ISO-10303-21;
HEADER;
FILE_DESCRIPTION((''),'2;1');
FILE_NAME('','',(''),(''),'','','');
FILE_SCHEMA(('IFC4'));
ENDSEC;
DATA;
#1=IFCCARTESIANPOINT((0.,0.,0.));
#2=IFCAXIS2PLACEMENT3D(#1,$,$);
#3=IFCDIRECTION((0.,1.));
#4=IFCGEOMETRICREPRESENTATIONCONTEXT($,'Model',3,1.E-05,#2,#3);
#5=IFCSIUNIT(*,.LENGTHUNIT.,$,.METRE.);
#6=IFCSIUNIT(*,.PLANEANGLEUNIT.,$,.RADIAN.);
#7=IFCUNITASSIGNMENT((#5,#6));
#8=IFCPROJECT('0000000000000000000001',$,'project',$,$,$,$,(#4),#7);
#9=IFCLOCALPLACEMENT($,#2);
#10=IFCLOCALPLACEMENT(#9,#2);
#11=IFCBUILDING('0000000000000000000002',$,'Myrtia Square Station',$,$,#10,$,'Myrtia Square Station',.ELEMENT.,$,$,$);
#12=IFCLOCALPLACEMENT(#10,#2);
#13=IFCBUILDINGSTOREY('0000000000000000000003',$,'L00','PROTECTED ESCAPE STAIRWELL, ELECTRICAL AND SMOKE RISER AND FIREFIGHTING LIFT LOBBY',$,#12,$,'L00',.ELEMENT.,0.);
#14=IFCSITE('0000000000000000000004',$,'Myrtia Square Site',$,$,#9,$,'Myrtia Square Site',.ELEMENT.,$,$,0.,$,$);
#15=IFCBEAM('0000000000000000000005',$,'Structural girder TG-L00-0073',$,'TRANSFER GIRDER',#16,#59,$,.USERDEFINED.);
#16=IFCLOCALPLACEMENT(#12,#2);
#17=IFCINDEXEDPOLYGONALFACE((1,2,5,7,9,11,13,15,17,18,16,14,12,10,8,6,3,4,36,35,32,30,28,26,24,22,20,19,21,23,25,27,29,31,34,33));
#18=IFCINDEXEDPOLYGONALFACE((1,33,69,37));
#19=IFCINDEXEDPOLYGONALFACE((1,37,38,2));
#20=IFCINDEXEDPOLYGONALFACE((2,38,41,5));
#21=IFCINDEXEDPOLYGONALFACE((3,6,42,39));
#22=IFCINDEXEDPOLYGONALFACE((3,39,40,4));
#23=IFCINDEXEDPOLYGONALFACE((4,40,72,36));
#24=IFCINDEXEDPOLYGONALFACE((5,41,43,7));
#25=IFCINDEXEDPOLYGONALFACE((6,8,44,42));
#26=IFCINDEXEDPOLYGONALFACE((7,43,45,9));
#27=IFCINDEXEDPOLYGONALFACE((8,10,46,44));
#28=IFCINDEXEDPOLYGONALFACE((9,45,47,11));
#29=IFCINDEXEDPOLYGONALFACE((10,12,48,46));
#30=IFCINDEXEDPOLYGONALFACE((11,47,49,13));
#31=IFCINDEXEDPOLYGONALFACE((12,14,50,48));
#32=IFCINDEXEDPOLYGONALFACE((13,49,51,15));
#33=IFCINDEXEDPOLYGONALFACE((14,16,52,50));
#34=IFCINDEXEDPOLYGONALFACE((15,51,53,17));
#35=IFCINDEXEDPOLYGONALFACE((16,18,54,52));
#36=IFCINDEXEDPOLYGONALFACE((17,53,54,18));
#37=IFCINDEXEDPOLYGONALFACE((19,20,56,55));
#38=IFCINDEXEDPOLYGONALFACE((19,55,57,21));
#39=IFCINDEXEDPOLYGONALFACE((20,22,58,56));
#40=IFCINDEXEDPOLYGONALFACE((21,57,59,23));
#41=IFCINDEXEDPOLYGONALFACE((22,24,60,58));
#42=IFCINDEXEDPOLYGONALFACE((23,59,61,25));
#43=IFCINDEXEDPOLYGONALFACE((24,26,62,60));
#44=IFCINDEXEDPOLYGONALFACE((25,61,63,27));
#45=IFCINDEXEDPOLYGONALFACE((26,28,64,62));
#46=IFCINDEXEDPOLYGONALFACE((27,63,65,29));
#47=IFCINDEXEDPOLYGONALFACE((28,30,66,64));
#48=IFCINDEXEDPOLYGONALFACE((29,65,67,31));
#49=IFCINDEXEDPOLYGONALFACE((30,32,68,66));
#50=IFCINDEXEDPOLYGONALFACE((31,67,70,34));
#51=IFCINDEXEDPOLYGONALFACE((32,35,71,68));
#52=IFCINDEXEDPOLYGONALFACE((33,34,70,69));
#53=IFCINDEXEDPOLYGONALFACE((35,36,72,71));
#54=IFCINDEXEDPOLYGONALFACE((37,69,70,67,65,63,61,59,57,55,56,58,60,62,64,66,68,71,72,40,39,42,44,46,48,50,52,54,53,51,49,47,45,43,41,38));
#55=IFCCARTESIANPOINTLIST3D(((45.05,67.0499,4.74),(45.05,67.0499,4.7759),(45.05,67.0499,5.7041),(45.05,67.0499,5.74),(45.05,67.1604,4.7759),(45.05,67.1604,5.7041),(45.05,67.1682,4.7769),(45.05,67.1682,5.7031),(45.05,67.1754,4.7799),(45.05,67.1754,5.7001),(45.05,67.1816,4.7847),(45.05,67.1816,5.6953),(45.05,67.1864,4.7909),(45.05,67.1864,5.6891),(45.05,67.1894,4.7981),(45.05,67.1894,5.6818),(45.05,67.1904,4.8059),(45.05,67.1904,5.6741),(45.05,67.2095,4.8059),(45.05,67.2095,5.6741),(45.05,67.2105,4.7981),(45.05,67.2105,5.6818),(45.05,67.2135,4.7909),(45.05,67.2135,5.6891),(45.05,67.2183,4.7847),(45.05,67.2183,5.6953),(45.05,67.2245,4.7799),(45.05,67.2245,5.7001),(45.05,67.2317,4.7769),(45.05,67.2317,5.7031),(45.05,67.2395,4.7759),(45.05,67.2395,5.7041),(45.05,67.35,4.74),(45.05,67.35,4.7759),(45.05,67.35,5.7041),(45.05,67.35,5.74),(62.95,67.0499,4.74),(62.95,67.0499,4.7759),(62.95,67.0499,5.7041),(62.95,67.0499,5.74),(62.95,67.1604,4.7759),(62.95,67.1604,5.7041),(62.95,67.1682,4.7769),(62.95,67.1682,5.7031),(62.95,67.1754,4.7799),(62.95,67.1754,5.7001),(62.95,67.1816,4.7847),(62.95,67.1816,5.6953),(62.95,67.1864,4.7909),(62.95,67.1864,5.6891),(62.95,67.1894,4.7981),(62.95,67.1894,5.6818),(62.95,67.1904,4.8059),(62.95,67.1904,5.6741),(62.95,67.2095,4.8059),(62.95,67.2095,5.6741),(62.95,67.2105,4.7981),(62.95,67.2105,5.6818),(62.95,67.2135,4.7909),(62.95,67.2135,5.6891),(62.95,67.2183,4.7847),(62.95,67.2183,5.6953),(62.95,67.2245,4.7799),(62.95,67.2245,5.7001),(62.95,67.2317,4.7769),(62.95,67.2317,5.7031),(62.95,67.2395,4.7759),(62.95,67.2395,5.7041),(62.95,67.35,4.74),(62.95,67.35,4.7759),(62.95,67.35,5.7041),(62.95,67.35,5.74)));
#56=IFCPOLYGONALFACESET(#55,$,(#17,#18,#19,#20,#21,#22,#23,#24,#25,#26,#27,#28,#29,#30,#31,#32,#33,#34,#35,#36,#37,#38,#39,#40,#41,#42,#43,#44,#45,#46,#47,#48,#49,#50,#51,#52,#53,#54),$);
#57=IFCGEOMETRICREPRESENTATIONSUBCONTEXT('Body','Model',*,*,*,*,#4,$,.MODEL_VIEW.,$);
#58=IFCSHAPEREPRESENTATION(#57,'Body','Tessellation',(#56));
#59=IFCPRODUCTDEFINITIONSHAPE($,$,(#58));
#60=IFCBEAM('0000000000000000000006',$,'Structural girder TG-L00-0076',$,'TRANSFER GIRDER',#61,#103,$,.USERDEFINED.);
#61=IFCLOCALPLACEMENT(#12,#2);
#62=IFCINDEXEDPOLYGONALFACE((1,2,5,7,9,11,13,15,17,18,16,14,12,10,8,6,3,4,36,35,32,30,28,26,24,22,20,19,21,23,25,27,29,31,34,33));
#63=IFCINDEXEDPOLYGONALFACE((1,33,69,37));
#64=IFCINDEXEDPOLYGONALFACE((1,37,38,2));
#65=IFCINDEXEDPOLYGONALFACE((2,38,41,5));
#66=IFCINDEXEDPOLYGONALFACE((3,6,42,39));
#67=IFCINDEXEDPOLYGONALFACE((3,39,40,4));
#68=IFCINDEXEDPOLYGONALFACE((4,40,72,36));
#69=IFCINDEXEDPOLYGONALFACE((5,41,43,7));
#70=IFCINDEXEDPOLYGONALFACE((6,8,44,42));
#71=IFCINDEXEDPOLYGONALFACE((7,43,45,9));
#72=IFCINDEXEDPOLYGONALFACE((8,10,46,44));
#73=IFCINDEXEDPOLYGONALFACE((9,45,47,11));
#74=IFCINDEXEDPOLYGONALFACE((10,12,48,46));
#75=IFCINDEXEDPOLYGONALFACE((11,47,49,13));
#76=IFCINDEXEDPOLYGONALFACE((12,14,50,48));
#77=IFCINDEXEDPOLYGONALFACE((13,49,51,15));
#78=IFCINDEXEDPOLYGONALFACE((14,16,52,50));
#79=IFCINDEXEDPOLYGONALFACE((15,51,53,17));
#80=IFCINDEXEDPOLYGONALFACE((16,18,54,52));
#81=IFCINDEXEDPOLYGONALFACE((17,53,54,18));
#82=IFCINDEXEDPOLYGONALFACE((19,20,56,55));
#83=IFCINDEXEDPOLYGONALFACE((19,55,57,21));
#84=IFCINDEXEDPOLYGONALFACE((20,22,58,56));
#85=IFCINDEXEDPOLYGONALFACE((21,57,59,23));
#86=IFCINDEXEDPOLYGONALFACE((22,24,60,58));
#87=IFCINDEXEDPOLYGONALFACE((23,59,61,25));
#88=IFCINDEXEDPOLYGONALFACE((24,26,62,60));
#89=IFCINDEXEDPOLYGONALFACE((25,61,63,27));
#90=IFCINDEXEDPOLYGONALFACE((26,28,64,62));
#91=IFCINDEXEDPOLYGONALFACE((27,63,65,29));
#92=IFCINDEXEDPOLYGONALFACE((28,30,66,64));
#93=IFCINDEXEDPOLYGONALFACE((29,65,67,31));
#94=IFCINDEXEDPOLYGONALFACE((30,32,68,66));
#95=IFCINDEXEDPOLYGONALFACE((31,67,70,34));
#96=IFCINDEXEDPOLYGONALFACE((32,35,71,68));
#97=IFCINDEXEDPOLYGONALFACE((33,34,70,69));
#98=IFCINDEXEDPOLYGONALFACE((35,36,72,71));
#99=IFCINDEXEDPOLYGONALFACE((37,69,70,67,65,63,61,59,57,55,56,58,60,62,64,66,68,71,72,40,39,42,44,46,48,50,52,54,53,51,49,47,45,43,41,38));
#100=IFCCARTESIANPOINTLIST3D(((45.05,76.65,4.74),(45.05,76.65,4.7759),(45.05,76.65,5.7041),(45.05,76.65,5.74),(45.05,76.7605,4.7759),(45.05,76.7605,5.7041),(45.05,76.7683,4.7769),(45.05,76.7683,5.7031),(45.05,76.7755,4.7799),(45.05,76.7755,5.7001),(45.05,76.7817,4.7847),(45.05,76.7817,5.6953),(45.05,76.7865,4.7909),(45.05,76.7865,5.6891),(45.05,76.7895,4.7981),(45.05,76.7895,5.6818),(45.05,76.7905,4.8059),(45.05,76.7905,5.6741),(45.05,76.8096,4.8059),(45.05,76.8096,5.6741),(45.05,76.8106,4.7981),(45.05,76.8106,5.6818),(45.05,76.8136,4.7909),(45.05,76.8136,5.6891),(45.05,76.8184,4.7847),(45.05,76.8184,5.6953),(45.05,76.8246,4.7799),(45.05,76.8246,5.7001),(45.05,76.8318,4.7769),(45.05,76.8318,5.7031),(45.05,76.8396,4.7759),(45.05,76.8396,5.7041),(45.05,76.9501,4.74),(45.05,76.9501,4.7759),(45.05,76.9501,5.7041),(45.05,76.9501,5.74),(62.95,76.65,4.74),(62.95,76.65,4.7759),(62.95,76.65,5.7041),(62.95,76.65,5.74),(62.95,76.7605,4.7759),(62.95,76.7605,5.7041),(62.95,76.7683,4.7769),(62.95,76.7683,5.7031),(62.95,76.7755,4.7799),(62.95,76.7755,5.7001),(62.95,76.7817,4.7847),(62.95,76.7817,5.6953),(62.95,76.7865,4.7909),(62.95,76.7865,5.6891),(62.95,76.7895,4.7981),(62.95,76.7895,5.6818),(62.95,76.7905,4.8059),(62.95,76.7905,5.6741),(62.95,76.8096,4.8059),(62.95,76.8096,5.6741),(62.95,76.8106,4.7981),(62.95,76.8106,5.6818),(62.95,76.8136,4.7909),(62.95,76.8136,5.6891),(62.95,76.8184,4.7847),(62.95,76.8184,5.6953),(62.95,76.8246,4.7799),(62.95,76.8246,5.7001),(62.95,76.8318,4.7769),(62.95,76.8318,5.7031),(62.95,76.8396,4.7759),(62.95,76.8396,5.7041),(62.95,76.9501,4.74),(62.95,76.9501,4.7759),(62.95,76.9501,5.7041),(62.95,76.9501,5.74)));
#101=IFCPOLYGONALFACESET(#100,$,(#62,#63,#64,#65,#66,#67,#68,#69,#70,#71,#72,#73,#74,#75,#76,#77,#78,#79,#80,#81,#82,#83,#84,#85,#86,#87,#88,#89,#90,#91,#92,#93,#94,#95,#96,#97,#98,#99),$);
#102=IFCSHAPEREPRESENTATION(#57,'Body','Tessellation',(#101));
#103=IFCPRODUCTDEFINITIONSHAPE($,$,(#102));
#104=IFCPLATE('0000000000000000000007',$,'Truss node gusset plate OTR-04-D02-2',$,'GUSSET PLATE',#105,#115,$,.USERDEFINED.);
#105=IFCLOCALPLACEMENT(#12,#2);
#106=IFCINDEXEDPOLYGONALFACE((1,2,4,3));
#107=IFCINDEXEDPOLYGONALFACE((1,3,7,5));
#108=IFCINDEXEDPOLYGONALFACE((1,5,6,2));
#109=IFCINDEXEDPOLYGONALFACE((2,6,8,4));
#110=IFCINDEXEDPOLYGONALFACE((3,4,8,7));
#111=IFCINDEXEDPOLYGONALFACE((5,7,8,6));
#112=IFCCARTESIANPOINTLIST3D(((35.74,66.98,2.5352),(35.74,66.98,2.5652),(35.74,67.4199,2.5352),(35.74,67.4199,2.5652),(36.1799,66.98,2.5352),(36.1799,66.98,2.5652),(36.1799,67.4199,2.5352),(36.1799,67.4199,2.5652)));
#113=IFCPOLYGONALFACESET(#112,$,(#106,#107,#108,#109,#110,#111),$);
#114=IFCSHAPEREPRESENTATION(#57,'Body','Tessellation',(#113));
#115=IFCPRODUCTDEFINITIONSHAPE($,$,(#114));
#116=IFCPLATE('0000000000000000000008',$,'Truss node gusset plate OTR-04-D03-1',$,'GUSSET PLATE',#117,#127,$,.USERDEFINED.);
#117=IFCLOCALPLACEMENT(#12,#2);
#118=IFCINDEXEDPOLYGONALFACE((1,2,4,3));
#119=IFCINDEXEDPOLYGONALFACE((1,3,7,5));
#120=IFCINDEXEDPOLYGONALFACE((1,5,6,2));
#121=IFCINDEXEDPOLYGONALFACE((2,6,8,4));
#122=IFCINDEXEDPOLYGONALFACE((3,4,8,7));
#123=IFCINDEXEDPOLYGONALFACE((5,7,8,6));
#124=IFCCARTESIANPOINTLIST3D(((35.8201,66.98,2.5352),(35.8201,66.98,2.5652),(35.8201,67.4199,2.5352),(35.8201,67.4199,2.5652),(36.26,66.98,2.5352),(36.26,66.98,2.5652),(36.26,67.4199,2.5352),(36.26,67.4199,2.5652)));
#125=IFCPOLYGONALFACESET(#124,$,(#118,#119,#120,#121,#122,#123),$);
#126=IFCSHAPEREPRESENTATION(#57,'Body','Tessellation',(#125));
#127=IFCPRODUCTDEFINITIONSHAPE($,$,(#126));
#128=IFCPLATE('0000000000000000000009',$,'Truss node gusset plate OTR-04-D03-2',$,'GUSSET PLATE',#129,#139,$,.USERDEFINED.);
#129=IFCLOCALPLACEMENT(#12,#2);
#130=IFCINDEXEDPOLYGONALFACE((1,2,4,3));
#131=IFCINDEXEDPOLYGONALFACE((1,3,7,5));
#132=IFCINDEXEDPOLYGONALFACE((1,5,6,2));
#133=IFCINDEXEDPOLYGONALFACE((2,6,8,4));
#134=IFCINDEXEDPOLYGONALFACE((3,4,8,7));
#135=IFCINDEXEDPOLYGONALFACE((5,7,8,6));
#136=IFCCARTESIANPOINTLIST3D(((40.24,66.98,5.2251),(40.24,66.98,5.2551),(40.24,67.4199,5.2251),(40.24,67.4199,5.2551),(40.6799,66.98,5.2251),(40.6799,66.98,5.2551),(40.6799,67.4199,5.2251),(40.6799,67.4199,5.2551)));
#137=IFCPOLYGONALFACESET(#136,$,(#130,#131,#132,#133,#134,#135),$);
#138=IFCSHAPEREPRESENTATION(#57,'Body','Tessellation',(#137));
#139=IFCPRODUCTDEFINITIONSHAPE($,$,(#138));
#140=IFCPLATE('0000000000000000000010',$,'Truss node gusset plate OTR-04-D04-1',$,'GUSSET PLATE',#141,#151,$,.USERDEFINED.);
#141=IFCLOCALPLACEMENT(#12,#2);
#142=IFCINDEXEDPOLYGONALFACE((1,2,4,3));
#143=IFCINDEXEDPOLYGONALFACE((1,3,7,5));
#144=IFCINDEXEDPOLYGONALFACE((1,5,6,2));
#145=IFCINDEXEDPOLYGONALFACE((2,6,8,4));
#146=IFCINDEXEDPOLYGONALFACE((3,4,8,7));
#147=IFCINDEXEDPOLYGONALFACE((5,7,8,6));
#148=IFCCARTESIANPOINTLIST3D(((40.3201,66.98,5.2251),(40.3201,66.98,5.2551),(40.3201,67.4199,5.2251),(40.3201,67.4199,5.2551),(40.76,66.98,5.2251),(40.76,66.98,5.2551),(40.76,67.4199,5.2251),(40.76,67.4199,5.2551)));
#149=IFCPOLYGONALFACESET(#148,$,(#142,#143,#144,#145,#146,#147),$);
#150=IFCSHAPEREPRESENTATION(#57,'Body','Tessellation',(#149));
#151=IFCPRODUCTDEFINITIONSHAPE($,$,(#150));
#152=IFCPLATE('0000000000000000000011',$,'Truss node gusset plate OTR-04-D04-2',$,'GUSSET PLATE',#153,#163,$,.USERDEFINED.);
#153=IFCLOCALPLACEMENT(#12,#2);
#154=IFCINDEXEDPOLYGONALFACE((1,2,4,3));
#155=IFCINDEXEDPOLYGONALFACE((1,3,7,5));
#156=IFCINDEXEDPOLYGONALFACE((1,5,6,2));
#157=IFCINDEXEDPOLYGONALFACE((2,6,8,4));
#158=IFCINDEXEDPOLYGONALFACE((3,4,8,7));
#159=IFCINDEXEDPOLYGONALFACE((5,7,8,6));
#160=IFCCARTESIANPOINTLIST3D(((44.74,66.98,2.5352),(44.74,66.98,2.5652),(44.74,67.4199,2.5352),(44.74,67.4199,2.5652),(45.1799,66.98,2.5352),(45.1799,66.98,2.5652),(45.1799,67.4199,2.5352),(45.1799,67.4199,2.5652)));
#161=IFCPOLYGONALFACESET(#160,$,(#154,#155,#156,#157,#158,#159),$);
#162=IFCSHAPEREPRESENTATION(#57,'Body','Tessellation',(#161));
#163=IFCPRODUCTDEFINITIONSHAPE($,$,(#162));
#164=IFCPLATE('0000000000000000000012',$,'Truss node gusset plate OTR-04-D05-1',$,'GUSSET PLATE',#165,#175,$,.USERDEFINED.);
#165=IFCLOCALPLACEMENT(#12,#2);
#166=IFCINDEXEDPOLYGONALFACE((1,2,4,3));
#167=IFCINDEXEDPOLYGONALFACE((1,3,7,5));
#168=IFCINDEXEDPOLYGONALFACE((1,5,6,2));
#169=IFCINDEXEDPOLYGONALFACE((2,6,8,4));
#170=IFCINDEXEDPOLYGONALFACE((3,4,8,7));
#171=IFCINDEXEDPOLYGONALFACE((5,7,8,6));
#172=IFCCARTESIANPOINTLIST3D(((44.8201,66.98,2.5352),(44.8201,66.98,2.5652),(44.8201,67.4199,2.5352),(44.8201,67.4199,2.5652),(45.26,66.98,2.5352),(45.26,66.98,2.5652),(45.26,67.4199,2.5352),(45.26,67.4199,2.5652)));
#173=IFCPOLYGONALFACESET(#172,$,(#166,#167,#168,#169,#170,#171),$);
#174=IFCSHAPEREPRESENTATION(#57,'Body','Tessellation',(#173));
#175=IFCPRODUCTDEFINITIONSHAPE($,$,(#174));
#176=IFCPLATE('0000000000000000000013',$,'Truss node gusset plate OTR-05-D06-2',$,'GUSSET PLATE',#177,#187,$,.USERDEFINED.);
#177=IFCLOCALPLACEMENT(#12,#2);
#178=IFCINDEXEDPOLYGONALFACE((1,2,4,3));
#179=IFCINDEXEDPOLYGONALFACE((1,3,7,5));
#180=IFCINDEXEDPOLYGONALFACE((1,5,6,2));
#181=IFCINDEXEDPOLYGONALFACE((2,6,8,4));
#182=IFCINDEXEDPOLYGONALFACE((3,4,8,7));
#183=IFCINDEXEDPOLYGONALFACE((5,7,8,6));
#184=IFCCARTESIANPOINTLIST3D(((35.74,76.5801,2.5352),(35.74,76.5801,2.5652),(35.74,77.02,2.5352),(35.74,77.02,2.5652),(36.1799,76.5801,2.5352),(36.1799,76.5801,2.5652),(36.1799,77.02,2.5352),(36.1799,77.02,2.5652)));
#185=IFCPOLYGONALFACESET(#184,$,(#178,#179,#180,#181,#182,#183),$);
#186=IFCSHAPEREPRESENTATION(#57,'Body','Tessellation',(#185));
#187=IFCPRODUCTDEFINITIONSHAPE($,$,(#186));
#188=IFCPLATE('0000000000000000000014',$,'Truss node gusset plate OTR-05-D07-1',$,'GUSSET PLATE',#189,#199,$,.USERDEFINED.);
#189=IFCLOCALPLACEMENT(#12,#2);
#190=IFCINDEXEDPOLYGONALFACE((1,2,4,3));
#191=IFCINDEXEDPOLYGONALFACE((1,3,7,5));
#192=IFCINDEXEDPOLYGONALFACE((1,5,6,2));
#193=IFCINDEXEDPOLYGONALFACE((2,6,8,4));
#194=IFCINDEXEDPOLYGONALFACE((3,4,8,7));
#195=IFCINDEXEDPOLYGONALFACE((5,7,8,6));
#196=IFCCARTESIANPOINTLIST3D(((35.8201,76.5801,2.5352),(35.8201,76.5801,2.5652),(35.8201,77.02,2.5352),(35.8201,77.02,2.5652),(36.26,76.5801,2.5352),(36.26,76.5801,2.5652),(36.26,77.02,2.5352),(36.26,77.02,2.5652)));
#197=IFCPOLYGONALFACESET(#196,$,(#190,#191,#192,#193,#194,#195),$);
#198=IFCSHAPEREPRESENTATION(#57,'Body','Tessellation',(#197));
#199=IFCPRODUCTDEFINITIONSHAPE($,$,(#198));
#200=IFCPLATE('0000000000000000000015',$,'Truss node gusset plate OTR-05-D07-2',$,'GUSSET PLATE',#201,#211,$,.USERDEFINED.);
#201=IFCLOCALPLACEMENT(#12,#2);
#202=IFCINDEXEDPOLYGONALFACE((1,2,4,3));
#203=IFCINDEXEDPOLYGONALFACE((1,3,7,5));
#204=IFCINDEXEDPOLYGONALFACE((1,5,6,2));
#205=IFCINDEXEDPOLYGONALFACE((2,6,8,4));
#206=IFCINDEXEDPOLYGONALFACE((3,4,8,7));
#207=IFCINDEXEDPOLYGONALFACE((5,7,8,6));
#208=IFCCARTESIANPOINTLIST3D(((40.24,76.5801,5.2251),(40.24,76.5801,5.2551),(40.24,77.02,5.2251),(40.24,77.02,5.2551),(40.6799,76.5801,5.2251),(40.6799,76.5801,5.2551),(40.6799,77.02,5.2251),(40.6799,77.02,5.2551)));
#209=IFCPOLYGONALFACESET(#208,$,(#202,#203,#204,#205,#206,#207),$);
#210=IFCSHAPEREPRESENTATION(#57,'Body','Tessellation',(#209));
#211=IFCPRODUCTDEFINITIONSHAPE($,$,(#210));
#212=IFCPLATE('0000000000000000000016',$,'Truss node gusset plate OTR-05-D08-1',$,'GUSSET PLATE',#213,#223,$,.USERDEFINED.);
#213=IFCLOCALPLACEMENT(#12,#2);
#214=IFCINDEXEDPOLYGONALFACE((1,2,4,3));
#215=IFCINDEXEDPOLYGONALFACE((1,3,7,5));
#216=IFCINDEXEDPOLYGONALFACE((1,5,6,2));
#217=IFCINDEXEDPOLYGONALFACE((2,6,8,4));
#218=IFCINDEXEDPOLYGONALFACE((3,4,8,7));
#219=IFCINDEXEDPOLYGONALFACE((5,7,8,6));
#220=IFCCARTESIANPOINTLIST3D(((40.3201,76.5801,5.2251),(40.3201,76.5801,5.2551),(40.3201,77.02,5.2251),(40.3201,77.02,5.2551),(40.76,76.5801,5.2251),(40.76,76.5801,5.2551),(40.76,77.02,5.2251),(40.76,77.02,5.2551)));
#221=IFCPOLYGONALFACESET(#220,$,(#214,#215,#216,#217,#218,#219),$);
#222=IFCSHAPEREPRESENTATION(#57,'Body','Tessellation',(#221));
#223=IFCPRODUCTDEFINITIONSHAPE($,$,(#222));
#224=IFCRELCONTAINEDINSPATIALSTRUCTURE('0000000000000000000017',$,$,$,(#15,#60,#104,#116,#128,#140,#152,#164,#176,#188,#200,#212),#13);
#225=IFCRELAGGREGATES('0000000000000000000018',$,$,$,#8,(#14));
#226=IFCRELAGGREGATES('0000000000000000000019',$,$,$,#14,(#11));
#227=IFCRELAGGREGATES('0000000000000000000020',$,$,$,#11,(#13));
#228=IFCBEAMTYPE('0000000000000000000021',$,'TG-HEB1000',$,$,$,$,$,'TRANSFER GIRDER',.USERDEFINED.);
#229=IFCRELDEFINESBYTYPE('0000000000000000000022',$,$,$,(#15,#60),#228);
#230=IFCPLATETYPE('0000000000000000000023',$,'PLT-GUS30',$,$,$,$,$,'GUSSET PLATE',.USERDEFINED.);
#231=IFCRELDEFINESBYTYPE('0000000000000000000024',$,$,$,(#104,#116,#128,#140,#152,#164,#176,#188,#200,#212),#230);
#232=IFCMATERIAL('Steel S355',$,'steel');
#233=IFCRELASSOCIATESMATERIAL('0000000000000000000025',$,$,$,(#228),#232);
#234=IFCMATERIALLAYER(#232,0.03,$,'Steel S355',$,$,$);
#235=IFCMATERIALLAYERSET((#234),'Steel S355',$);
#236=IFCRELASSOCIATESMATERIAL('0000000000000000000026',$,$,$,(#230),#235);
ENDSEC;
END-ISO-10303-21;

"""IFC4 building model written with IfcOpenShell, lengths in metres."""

from ifc_helpers import new_model, si_unit, direction, frame, origin, origin_2d, place, context, subcontext, project, spatial, rectangle, i_section, extrude, material, layer, layer_set, material_profile, profile_set, type_object, element, save


model = new_model("IFC4")

# Units and contexts
model_context = context("Model", 3, precision=1e-05, world=origin(), true_north=direction((0.0, 1.0)))
body_context = subcontext(model_context, "Body", "Model", "MODEL_VIEW")
ifc_project = project(units=[si_unit("LENGTHUNIT", "METRE"), si_unit("PLANEANGLEUNIT", "RADIAN")], contexts=[model_context])

# Site, building, storey
site_placement = place(None, origin())
site = spatial("IfcSite", under=ifc_project, at=site_placement, Name="Myrtia Square Site", LongName="Myrtia Square Site", CompositionType="ELEMENT", RefElevation=0.0)
building_placement = place(site_placement, origin())
building = spatial("IfcBuilding", under=site, at=building_placement, Name="Myrtia Square Station", LongName="Myrtia Square Station", CompositionType="ELEMENT")
storey_placement = place(building_placement, origin())
storey = spatial("IfcBuildingStorey", under=building, at=storey_placement, Name="L00", Description="PROTECTED ESCAPE STAIRWELL, ELECTRICAL AND SMOKE RISER AND FIREFIGHTING LIFT LOBBY", LongName="L00", CompositionType="ELEMENT", Elevation=0.0)

# Shared definitions
ifc_material_1 = material(Name="Steel S355", Category="steel")

# Beams
ifc_material_profile_1 = material_profile(ifc_material_1, i_section(OverallWidth=0.3, OverallDepth=1.0, WebThickness=0.019, FlangeThickness=0.0359, FilletRadius=0.03, at=origin_2d()), Name="HEB 1000")
ifc_profile_set_1 = profile_set([ifc_material_profile_1], Name="Steel S355")
beam_type_1 = type_object("IfcBeamType", Name="TG-HEB1000", ElementType="TRANSFER GIRDER", PredefinedType="USERDEFINED", material=ifc_profile_set_1)
for number, where, z_axis, x_axis, name in (
    (1, (45.05, 67.2, 5.24), (1.0, 0.0, 0.0), (0.0, 1.0, 0.0), "Structural girder TG-L00-0073"),
    (2, (45.05, 76.8, 5.24), (1.0, 0.0, 0.0), (0.0, 1.0, 0.0), "Structural girder TG-L00-0076"),
):
    element("IfcBeam", number, at=place(storey_placement, frame(where, z_axis=z_axis, x_axis=x_axis)), inside=storey, type_object=beam_type_1, Name=name, ObjectType="TRANSFER GIRDER", PredefinedType="USERDEFINED", context=body_context, shape_type="SweptSolid", body=[
        extrude(i_section(OverallWidth=0.3, OverallDepth=1.0, WebThickness=0.019, FlangeThickness=0.0359, FilletRadius=0.03, at=origin_2d()), origin(), (0.0, 0.0, 1.0), 17.8999),
    ])

# Plates
ifc_layer_1 = layer(ifc_material_1, 0.03, Name="Steel S355")
ifc_layer_set_1 = layer_set([ifc_layer_1], Name="Steel S355")
plate_type = type_object("IfcPlateType", Name="PLT-GUS30", ElementType="GUSSET PLATE", PredefinedType="USERDEFINED", material=ifc_layer_set_1)
for number, where, z_axis, x_axis, name in (
    (3, (35.96, 67.2, 2.5352), (0.0, 0.0, 1.0), (1.0, 0.0, 0.0), "Truss node gusset plate OTR-04-D02-2"),
    (4, (36.04, 67.2, 2.5352), (0.0, 0.0, 1.0), (1.0, 0.0, 0.0), "Truss node gusset plate OTR-04-D03-1"),
    (5, (40.46, 67.2, 5.2251), (0.0, 0.0, 1.0), (1.0, 0.0, 0.0), "Truss node gusset plate OTR-04-D03-2"),
    (6, (40.54, 67.2, 5.2251), (0.0, 0.0, 1.0), (1.0, 0.0, 0.0), "Truss node gusset plate OTR-04-D04-1"),
    (7, (44.96, 67.2, 2.5352), (0.0, 0.0, 1.0), (1.0, 0.0, 0.0), "Truss node gusset plate OTR-04-D04-2"),
    (8, (45.04, 67.2, 2.5352), (0.0, 0.0, 1.0), (1.0, 0.0, 0.0), "Truss node gusset plate OTR-04-D05-1"),
    (9, (35.96, 76.8, 2.5352), (0.0, 0.0, 1.0), (1.0, 0.0, 0.0), "Truss node gusset plate OTR-05-D06-2"),
    (10, (36.04, 76.8, 2.5352), (0.0, 0.0, 1.0), (1.0, 0.0, 0.0), "Truss node gusset plate OTR-05-D07-1"),
    (11, (40.46, 76.8, 5.2251), (0.0, 0.0, 1.0), (1.0, 0.0, 0.0), "Truss node gusset plate OTR-05-D07-2"),
    (12, (40.54, 76.8, 5.2251), (0.0, 0.0, 1.0), (1.0, 0.0, 0.0), "Truss node gusset plate OTR-05-D08-1"),
):
    element("IfcPlate", number, at=place(storey_placement, frame(where, z_axis=z_axis, x_axis=x_axis)), inside=storey, type_object=plate_type, Name=name, ObjectType="GUSSET PLATE", PredefinedType="USERDEFINED", context=body_context, shape_type="SweptSolid", body=[
        extrude(rectangle(XDim=0.4399, YDim=0.4399, at=origin_2d()), origin(), (0.0, 0.0, 1.0), 0.03),
    ])

save(model, "model.ifc")
